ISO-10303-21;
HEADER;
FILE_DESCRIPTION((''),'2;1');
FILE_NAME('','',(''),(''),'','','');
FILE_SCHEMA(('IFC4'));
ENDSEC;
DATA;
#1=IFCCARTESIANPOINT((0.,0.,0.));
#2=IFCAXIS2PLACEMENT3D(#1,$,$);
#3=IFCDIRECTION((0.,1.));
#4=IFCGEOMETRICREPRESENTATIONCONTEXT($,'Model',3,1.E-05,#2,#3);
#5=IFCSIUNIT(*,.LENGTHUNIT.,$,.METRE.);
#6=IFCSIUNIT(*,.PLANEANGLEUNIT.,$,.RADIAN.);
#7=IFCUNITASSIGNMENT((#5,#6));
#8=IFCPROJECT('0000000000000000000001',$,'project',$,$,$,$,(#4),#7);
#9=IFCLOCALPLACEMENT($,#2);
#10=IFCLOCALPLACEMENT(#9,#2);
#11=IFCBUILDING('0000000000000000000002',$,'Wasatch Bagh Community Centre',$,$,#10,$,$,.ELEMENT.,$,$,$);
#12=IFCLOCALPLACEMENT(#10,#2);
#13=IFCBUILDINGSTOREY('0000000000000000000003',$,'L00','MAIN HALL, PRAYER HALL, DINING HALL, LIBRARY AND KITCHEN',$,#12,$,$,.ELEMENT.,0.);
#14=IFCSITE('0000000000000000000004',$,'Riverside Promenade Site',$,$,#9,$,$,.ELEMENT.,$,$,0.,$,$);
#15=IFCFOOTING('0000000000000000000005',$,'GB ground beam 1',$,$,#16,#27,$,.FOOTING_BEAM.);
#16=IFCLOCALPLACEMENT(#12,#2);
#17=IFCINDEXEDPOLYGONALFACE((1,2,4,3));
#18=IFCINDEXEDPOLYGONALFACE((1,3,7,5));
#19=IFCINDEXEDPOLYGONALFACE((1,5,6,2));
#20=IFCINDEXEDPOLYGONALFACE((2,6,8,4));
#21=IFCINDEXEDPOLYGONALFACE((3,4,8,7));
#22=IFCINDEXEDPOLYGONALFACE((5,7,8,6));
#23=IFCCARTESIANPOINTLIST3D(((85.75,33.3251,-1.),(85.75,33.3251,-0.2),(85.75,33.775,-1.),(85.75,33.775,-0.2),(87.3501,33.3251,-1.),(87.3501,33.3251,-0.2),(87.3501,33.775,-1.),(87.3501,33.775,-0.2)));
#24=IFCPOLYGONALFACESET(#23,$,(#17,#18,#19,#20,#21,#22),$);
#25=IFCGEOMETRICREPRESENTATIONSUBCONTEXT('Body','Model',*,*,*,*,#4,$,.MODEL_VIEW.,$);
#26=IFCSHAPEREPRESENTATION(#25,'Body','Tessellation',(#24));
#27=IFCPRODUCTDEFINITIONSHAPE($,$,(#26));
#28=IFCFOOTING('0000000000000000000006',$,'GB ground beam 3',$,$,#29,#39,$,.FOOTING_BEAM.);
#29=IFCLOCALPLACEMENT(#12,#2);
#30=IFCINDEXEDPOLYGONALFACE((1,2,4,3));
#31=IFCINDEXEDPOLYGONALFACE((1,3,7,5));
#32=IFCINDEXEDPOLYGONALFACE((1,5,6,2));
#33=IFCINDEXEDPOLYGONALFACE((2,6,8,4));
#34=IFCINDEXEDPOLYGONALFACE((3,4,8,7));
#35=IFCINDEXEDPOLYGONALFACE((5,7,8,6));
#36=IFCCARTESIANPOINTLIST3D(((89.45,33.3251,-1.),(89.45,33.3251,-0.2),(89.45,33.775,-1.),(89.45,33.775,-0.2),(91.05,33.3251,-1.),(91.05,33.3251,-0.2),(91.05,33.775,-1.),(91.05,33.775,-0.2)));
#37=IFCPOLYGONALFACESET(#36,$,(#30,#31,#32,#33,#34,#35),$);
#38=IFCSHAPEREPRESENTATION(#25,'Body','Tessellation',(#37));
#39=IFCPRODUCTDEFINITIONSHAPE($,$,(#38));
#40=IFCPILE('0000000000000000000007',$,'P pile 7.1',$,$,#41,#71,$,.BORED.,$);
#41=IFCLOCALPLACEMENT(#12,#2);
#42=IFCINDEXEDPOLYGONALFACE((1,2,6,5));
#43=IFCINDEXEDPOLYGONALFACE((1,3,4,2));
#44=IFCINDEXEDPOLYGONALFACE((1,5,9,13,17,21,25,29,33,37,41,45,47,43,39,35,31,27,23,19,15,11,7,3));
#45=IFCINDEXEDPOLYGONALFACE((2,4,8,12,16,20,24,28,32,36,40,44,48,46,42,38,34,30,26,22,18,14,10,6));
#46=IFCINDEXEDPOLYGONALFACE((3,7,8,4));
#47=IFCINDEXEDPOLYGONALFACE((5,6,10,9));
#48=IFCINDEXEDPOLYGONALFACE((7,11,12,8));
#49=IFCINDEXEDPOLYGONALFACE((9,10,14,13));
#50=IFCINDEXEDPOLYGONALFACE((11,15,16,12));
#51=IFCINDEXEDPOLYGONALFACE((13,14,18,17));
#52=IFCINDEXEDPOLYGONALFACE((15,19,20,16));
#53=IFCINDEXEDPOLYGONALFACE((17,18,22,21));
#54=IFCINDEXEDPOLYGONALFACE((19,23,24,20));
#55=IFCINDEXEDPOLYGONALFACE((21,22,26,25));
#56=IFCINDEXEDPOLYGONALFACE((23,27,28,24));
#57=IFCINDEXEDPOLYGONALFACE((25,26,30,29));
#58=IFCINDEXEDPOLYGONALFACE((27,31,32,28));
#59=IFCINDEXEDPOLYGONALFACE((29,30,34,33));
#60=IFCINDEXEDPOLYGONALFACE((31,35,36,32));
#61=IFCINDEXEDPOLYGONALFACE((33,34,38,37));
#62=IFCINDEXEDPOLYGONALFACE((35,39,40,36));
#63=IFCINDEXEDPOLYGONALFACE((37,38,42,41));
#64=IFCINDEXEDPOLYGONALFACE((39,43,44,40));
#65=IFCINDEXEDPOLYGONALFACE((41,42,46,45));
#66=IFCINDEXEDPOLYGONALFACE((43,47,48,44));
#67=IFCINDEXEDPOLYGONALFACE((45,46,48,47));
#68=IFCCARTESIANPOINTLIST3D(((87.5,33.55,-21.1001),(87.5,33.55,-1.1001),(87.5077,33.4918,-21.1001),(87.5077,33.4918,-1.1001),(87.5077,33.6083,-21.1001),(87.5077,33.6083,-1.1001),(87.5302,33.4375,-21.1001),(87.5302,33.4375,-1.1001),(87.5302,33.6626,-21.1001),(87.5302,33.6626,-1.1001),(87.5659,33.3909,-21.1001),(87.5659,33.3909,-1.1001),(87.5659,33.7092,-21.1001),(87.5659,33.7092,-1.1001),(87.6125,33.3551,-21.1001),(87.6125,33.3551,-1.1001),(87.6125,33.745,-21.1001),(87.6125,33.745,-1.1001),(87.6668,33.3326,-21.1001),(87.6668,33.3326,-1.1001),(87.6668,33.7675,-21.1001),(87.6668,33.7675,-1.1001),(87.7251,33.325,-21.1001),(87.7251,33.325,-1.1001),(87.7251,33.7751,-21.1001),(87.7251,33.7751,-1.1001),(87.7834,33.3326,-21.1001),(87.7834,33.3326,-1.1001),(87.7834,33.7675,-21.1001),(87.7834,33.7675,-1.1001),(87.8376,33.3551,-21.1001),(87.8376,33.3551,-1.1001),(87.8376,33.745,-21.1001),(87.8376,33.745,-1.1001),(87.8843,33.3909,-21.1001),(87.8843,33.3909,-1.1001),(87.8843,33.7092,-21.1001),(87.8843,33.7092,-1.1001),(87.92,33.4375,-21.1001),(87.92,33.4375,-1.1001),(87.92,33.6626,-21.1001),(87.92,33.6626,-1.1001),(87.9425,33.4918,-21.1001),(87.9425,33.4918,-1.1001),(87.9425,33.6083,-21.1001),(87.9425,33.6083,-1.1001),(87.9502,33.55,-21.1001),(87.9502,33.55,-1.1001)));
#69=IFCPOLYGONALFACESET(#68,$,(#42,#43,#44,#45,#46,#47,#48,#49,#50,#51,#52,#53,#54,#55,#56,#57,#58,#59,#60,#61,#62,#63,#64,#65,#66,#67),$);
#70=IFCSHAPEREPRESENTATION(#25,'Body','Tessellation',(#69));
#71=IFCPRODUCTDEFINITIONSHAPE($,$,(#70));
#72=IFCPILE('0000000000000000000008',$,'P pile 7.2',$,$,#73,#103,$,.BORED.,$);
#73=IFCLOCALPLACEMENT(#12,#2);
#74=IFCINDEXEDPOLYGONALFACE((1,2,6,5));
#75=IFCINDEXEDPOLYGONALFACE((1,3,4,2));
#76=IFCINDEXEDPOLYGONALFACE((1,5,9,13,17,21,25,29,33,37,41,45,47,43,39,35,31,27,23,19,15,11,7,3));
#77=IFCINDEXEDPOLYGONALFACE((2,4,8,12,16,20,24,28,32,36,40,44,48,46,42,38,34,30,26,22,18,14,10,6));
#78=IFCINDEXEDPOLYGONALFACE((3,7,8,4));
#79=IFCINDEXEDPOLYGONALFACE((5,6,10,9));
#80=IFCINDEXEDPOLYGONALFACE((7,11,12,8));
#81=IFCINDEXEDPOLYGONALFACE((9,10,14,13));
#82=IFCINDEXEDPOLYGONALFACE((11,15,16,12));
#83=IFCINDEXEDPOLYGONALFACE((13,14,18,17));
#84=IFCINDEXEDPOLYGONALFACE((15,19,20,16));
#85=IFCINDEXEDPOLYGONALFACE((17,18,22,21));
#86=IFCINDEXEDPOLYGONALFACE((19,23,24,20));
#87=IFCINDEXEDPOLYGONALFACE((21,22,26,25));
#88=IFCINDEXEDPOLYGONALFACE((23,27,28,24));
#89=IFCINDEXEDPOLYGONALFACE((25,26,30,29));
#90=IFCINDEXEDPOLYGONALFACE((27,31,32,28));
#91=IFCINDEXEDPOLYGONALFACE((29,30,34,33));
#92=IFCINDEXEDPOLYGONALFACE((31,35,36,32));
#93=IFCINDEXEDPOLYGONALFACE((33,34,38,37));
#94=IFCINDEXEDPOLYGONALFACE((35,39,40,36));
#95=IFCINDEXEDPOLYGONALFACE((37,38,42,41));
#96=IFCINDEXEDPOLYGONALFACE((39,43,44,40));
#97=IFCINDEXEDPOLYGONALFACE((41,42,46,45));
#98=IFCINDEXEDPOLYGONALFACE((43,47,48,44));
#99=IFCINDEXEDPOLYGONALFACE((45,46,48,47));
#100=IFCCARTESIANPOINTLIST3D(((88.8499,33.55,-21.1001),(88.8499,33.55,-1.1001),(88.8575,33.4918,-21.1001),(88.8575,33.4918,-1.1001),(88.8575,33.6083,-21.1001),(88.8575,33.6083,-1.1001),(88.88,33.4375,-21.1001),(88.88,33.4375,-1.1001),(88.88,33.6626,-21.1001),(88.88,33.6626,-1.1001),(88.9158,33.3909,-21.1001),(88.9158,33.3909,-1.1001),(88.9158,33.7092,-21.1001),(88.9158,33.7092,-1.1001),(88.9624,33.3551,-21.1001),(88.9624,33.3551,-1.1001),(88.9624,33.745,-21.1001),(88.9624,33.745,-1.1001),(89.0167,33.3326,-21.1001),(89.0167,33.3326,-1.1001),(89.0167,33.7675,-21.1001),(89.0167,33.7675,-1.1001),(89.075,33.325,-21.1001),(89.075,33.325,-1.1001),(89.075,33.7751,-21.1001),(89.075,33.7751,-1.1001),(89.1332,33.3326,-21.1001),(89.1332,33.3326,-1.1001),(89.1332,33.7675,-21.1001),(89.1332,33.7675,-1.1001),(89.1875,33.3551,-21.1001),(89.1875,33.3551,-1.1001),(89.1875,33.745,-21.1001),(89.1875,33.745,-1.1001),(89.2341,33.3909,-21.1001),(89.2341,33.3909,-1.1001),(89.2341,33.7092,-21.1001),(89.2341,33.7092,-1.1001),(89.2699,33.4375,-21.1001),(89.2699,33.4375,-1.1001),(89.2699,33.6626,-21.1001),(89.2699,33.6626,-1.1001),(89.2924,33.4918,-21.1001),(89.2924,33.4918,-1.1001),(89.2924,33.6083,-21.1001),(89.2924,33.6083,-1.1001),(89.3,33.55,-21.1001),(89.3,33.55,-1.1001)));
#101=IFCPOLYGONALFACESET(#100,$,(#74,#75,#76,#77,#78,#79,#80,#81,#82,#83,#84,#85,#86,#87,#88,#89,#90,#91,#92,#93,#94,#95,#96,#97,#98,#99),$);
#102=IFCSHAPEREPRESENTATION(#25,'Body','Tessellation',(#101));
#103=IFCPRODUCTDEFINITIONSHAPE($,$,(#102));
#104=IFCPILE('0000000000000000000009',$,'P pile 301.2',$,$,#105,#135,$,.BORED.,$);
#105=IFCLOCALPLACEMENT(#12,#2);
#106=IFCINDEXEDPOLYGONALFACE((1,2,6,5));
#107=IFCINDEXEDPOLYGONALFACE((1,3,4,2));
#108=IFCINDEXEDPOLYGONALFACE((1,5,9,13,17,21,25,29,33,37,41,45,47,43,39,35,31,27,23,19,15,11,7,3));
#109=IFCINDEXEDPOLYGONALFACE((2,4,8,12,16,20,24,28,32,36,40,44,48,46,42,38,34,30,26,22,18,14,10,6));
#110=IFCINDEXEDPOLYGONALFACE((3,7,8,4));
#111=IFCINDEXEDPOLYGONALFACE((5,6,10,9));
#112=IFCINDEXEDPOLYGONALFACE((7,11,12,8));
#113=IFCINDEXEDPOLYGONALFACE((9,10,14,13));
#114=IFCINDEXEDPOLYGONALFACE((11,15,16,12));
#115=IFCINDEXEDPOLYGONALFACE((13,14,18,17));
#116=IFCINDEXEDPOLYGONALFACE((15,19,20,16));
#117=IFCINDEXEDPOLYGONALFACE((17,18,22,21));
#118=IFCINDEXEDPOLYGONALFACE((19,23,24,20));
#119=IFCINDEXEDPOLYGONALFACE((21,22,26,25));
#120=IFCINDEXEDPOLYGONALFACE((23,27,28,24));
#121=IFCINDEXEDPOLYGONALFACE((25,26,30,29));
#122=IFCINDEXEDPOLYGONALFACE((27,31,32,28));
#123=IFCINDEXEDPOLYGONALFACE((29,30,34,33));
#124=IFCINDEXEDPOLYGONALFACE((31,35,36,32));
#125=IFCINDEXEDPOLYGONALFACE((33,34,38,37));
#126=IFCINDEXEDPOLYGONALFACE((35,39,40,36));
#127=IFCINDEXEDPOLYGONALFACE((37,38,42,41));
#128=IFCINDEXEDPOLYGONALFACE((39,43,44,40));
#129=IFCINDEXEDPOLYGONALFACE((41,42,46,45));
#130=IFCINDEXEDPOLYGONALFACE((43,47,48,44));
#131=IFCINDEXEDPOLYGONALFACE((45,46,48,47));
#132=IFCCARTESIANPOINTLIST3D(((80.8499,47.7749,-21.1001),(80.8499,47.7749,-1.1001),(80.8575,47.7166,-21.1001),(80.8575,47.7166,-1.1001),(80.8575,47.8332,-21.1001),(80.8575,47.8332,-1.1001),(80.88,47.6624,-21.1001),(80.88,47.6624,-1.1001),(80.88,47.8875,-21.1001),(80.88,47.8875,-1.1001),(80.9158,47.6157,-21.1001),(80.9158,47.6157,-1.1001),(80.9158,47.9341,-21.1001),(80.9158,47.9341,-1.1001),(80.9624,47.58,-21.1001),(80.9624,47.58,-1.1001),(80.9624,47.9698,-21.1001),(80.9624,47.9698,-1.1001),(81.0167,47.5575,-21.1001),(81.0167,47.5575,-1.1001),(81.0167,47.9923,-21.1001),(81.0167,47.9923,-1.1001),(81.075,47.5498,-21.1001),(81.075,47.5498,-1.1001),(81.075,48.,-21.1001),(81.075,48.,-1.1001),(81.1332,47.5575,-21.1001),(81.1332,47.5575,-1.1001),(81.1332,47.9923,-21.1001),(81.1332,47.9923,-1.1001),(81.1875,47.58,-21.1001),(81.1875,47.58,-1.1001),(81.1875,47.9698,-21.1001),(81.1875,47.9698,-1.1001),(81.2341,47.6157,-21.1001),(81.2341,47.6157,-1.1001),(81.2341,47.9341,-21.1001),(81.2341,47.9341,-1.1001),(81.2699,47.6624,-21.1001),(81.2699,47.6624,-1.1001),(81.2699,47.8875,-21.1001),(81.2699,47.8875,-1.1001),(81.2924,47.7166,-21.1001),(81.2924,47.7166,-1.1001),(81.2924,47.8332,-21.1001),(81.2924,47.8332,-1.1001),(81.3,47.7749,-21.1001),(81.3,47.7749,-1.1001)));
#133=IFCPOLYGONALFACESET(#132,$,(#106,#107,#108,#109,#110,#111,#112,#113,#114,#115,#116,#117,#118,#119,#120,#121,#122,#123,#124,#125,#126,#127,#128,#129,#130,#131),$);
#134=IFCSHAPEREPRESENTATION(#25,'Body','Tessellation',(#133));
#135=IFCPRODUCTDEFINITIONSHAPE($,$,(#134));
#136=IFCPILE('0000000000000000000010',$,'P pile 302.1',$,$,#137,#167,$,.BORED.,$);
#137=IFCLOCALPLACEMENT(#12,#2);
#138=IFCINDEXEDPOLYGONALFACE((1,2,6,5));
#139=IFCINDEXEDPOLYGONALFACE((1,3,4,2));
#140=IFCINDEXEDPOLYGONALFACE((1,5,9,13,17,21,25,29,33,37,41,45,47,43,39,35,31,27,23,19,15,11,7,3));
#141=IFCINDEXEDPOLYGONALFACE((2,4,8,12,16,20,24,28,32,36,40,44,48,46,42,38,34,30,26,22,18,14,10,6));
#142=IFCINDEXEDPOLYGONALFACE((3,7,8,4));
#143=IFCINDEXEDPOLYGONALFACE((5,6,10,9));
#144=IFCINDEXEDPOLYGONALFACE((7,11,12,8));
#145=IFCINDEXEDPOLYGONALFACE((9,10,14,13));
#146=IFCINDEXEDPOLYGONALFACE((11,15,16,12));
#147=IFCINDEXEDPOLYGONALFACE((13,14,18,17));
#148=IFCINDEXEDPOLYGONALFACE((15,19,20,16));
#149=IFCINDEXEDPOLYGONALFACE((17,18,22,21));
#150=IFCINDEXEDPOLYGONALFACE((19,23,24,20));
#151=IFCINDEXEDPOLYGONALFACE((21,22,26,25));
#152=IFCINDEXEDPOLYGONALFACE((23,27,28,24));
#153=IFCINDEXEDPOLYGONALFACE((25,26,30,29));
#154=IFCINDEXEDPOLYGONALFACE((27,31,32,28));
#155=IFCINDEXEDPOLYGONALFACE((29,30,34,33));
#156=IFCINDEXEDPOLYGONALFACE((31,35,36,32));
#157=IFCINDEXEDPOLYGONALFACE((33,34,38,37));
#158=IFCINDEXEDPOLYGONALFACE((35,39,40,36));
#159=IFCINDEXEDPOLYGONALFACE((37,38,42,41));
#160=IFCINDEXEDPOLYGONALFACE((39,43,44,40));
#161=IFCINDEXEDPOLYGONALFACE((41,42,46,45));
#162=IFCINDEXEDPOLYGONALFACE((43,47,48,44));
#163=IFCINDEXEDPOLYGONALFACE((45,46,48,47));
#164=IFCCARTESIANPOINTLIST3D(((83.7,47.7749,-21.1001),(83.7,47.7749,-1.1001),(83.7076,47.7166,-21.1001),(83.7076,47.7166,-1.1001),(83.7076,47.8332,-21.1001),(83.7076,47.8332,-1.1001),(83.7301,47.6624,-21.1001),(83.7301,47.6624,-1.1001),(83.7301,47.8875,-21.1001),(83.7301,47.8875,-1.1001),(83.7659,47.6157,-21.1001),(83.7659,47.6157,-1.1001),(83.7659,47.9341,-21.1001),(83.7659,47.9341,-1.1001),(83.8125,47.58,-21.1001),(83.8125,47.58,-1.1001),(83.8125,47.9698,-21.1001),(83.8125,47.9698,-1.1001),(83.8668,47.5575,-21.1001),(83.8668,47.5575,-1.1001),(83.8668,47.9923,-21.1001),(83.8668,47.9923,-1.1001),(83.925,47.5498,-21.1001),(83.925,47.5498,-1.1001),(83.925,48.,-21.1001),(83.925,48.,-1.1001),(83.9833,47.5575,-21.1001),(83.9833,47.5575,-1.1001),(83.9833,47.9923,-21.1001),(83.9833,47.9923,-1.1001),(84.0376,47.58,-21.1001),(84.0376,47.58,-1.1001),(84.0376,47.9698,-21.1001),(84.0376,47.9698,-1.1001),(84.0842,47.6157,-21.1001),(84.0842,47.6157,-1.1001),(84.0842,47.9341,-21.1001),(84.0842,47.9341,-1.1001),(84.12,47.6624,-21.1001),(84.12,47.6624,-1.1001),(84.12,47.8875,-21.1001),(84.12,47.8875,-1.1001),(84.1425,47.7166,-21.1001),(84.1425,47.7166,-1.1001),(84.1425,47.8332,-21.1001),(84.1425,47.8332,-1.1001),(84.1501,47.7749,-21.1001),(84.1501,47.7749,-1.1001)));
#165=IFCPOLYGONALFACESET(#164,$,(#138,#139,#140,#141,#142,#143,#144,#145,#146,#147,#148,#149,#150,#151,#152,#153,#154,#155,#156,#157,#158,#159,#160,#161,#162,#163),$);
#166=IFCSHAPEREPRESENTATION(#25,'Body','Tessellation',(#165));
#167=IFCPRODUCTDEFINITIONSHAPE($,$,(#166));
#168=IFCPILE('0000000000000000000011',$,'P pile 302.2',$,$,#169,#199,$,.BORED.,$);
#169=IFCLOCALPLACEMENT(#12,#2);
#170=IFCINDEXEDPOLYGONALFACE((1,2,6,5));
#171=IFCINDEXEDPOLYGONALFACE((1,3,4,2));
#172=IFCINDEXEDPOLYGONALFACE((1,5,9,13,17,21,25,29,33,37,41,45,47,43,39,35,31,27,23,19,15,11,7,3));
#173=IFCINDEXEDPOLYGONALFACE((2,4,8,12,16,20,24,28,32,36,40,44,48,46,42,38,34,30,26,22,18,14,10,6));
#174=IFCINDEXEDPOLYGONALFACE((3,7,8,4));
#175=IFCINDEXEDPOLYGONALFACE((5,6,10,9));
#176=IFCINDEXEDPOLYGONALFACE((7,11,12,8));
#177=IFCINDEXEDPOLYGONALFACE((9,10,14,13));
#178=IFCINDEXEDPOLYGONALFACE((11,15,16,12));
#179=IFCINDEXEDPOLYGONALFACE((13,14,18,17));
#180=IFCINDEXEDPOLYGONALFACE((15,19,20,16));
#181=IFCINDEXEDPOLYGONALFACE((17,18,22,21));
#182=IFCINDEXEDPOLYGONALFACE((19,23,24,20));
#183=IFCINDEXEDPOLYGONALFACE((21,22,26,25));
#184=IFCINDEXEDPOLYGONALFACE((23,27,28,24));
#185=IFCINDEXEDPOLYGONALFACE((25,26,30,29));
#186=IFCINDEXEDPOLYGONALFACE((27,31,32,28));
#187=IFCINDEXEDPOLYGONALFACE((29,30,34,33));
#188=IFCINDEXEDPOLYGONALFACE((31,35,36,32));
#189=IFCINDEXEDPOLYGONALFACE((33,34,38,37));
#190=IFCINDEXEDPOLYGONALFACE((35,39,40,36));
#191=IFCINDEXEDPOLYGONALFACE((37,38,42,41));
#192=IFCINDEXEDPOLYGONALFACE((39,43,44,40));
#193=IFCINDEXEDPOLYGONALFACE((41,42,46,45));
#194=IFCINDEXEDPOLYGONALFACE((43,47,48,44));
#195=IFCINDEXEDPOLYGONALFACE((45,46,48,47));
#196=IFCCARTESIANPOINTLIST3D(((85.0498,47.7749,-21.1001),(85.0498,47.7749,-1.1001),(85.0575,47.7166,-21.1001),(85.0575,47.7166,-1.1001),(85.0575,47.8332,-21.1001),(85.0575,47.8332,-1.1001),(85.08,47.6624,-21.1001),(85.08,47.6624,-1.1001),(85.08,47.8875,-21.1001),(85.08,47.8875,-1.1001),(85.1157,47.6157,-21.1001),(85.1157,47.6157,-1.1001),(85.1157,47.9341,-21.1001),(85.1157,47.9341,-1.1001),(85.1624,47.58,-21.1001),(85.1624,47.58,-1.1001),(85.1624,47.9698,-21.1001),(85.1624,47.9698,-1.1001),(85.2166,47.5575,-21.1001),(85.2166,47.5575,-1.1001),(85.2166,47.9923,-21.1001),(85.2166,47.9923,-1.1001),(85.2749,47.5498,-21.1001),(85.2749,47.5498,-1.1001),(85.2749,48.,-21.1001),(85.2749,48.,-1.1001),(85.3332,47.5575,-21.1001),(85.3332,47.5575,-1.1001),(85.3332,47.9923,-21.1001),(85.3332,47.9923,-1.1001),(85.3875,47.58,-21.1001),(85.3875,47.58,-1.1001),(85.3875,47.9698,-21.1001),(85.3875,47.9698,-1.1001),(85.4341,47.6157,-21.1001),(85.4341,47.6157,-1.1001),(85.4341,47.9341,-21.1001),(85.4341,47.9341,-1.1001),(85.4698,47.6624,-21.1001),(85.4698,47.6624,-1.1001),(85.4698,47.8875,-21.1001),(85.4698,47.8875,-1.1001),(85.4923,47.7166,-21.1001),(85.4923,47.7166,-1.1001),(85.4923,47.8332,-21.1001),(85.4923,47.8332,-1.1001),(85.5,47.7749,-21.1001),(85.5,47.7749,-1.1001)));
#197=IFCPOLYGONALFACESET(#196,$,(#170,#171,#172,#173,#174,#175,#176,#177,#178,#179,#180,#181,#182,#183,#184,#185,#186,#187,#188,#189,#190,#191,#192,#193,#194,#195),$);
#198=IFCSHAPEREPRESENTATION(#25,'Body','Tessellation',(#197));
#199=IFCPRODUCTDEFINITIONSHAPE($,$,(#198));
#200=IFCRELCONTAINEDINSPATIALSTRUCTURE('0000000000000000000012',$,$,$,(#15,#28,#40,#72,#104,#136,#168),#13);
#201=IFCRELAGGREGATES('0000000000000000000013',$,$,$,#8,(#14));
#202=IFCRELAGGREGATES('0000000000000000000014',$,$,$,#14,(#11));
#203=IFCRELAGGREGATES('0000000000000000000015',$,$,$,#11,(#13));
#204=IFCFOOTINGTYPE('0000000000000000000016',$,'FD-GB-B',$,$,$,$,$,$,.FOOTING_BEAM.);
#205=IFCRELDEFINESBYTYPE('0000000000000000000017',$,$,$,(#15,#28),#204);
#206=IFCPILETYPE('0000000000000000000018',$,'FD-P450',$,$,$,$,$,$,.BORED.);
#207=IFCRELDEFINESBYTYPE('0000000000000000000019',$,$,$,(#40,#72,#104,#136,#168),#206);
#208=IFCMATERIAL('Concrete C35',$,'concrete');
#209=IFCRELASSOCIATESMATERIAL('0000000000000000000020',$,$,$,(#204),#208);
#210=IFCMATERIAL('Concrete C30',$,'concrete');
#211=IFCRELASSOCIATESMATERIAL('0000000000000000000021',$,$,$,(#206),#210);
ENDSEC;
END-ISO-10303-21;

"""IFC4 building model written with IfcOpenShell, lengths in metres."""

from ifc_helpers import new_model, si_unit, direction, frame, origin, origin_2d, place, context, subcontext, project, spatial, rectangle, circle, extrude, material, material_profile, profile_set, type_object, element, save


model = new_model("IFC4")

# Units and contexts
model_context = context("Model", 3, precision=1e-05, world=origin(), true_north=direction((0.0, 1.0)))
body_context = subcontext(model_context, "Body", "Model", "MODEL_VIEW")
ifc_project = project(units=[si_unit("LENGTHUNIT", "METRE"), si_unit("PLANEANGLEUNIT", "RADIAN")], contexts=[model_context])

# Site, building, storey
site_placement = place(None, origin())
site = spatial("IfcSite", under=ifc_project, at=site_placement, Name="Riverside Promenade Site", CompositionType="ELEMENT", RefElevation=0.0)
building_placement = place(site_placement, origin())
building = spatial("IfcBuilding", under=site, at=building_placement, Name="Wasatch Bagh Community Centre", CompositionType="ELEMENT")
storey_placement = place(building_placement, origin())
storey = spatial("IfcBuildingStorey", under=building, at=storey_placement, Name="L00", Description="MAIN HALL, PRAYER HALL, DINING HALL, LIBRARY AND KITCHEN", CompositionType="ELEMENT", Elevation=0.0)

# Footings
ifc_material_1 = material(Name="Concrete C35", Category="concrete")
footing_type_1 = type_object("IfcFootingType", Name="FD-GB-B", PredefinedType="FOOTING_BEAM", material=ifc_material_1)
for number, where, z_axis, x_axis, name in (
    (1, (86.55, 33.55, -1.0), (0.0, 0.0, 1.0), (1.0, 0.0, 0.0), "GB ground beam 1"),
    (2, (90.25, 33.55, -1.0), (0.0, 0.0, 1.0), (1.0, 0.0, 0.0), "GB ground beam 3"),
):
    element("IfcFooting", number, at=place(storey_placement, frame(where, z_axis=z_axis, x_axis=x_axis)), inside=storey, type_object=footing_type_1, Name=name, PredefinedType="FOOTING_BEAM", context=body_context, shape_type="SweptSolid", body=[
        extrude(rectangle(XDim=1.6001, YDim=0.45, at=origin_2d()), origin(), (0.0, 0.0, 1.0), 0.8),
    ])

# Piles
ifc_material_2 = material(Name="Concrete C30", Category="concrete")
ifc_material_profile_1 = material_profile(ifc_material_2, circle(Radius=0.2251, at=origin_2d()), Name="RC D450")
ifc_profile_set_1 = profile_set([ifc_material_profile_1], Name="Concrete C30")
pile_type = type_object("IfcPileType", Name="FD-P450", PredefinedType="BORED", material=ifc_profile_set_1)
for number, where, z_axis, x_axis, name in (
    (3, (87.7251, 33.55, -1.1001), (0.0, 0.0, -1.0), (1.0, 0.0, 0.0), "P pile 7.1"),
    (4, (89.075, 33.55, -1.1001), (0.0, 0.0, -1.0), (1.0, 0.0, 0.0), "P pile 7.2"),
    (5, (81.075, 47.7749, -1.1001), (0.0, 0.0, -1.0), (1.0, 0.0, 0.0), "P pile 301.2"),
    (6, (83.925, 47.7749, -1.1001), (0.0, 0.0, -1.0), (1.0, 0.0, 0.0), "P pile 302.1"),
    (7, (85.2749, 47.7749, -1.1001), (0.0, 0.0, -1.0), (1.0, 0.0, 0.0), "P pile 302.2"),
):
    element("IfcPile", number, at=place(storey_placement, frame(where, z_axis=z_axis, x_axis=x_axis)), inside=storey, type_object=pile_type, Name=name, PredefinedType="BORED", context=body_context, shape_type="SweptSolid", body=[
        extrude(circle(Radius=0.2251, at=origin_2d()), origin(), (0.0, 0.0, 1.0), 20.0),
    ])

save(model, "model.ifc")
